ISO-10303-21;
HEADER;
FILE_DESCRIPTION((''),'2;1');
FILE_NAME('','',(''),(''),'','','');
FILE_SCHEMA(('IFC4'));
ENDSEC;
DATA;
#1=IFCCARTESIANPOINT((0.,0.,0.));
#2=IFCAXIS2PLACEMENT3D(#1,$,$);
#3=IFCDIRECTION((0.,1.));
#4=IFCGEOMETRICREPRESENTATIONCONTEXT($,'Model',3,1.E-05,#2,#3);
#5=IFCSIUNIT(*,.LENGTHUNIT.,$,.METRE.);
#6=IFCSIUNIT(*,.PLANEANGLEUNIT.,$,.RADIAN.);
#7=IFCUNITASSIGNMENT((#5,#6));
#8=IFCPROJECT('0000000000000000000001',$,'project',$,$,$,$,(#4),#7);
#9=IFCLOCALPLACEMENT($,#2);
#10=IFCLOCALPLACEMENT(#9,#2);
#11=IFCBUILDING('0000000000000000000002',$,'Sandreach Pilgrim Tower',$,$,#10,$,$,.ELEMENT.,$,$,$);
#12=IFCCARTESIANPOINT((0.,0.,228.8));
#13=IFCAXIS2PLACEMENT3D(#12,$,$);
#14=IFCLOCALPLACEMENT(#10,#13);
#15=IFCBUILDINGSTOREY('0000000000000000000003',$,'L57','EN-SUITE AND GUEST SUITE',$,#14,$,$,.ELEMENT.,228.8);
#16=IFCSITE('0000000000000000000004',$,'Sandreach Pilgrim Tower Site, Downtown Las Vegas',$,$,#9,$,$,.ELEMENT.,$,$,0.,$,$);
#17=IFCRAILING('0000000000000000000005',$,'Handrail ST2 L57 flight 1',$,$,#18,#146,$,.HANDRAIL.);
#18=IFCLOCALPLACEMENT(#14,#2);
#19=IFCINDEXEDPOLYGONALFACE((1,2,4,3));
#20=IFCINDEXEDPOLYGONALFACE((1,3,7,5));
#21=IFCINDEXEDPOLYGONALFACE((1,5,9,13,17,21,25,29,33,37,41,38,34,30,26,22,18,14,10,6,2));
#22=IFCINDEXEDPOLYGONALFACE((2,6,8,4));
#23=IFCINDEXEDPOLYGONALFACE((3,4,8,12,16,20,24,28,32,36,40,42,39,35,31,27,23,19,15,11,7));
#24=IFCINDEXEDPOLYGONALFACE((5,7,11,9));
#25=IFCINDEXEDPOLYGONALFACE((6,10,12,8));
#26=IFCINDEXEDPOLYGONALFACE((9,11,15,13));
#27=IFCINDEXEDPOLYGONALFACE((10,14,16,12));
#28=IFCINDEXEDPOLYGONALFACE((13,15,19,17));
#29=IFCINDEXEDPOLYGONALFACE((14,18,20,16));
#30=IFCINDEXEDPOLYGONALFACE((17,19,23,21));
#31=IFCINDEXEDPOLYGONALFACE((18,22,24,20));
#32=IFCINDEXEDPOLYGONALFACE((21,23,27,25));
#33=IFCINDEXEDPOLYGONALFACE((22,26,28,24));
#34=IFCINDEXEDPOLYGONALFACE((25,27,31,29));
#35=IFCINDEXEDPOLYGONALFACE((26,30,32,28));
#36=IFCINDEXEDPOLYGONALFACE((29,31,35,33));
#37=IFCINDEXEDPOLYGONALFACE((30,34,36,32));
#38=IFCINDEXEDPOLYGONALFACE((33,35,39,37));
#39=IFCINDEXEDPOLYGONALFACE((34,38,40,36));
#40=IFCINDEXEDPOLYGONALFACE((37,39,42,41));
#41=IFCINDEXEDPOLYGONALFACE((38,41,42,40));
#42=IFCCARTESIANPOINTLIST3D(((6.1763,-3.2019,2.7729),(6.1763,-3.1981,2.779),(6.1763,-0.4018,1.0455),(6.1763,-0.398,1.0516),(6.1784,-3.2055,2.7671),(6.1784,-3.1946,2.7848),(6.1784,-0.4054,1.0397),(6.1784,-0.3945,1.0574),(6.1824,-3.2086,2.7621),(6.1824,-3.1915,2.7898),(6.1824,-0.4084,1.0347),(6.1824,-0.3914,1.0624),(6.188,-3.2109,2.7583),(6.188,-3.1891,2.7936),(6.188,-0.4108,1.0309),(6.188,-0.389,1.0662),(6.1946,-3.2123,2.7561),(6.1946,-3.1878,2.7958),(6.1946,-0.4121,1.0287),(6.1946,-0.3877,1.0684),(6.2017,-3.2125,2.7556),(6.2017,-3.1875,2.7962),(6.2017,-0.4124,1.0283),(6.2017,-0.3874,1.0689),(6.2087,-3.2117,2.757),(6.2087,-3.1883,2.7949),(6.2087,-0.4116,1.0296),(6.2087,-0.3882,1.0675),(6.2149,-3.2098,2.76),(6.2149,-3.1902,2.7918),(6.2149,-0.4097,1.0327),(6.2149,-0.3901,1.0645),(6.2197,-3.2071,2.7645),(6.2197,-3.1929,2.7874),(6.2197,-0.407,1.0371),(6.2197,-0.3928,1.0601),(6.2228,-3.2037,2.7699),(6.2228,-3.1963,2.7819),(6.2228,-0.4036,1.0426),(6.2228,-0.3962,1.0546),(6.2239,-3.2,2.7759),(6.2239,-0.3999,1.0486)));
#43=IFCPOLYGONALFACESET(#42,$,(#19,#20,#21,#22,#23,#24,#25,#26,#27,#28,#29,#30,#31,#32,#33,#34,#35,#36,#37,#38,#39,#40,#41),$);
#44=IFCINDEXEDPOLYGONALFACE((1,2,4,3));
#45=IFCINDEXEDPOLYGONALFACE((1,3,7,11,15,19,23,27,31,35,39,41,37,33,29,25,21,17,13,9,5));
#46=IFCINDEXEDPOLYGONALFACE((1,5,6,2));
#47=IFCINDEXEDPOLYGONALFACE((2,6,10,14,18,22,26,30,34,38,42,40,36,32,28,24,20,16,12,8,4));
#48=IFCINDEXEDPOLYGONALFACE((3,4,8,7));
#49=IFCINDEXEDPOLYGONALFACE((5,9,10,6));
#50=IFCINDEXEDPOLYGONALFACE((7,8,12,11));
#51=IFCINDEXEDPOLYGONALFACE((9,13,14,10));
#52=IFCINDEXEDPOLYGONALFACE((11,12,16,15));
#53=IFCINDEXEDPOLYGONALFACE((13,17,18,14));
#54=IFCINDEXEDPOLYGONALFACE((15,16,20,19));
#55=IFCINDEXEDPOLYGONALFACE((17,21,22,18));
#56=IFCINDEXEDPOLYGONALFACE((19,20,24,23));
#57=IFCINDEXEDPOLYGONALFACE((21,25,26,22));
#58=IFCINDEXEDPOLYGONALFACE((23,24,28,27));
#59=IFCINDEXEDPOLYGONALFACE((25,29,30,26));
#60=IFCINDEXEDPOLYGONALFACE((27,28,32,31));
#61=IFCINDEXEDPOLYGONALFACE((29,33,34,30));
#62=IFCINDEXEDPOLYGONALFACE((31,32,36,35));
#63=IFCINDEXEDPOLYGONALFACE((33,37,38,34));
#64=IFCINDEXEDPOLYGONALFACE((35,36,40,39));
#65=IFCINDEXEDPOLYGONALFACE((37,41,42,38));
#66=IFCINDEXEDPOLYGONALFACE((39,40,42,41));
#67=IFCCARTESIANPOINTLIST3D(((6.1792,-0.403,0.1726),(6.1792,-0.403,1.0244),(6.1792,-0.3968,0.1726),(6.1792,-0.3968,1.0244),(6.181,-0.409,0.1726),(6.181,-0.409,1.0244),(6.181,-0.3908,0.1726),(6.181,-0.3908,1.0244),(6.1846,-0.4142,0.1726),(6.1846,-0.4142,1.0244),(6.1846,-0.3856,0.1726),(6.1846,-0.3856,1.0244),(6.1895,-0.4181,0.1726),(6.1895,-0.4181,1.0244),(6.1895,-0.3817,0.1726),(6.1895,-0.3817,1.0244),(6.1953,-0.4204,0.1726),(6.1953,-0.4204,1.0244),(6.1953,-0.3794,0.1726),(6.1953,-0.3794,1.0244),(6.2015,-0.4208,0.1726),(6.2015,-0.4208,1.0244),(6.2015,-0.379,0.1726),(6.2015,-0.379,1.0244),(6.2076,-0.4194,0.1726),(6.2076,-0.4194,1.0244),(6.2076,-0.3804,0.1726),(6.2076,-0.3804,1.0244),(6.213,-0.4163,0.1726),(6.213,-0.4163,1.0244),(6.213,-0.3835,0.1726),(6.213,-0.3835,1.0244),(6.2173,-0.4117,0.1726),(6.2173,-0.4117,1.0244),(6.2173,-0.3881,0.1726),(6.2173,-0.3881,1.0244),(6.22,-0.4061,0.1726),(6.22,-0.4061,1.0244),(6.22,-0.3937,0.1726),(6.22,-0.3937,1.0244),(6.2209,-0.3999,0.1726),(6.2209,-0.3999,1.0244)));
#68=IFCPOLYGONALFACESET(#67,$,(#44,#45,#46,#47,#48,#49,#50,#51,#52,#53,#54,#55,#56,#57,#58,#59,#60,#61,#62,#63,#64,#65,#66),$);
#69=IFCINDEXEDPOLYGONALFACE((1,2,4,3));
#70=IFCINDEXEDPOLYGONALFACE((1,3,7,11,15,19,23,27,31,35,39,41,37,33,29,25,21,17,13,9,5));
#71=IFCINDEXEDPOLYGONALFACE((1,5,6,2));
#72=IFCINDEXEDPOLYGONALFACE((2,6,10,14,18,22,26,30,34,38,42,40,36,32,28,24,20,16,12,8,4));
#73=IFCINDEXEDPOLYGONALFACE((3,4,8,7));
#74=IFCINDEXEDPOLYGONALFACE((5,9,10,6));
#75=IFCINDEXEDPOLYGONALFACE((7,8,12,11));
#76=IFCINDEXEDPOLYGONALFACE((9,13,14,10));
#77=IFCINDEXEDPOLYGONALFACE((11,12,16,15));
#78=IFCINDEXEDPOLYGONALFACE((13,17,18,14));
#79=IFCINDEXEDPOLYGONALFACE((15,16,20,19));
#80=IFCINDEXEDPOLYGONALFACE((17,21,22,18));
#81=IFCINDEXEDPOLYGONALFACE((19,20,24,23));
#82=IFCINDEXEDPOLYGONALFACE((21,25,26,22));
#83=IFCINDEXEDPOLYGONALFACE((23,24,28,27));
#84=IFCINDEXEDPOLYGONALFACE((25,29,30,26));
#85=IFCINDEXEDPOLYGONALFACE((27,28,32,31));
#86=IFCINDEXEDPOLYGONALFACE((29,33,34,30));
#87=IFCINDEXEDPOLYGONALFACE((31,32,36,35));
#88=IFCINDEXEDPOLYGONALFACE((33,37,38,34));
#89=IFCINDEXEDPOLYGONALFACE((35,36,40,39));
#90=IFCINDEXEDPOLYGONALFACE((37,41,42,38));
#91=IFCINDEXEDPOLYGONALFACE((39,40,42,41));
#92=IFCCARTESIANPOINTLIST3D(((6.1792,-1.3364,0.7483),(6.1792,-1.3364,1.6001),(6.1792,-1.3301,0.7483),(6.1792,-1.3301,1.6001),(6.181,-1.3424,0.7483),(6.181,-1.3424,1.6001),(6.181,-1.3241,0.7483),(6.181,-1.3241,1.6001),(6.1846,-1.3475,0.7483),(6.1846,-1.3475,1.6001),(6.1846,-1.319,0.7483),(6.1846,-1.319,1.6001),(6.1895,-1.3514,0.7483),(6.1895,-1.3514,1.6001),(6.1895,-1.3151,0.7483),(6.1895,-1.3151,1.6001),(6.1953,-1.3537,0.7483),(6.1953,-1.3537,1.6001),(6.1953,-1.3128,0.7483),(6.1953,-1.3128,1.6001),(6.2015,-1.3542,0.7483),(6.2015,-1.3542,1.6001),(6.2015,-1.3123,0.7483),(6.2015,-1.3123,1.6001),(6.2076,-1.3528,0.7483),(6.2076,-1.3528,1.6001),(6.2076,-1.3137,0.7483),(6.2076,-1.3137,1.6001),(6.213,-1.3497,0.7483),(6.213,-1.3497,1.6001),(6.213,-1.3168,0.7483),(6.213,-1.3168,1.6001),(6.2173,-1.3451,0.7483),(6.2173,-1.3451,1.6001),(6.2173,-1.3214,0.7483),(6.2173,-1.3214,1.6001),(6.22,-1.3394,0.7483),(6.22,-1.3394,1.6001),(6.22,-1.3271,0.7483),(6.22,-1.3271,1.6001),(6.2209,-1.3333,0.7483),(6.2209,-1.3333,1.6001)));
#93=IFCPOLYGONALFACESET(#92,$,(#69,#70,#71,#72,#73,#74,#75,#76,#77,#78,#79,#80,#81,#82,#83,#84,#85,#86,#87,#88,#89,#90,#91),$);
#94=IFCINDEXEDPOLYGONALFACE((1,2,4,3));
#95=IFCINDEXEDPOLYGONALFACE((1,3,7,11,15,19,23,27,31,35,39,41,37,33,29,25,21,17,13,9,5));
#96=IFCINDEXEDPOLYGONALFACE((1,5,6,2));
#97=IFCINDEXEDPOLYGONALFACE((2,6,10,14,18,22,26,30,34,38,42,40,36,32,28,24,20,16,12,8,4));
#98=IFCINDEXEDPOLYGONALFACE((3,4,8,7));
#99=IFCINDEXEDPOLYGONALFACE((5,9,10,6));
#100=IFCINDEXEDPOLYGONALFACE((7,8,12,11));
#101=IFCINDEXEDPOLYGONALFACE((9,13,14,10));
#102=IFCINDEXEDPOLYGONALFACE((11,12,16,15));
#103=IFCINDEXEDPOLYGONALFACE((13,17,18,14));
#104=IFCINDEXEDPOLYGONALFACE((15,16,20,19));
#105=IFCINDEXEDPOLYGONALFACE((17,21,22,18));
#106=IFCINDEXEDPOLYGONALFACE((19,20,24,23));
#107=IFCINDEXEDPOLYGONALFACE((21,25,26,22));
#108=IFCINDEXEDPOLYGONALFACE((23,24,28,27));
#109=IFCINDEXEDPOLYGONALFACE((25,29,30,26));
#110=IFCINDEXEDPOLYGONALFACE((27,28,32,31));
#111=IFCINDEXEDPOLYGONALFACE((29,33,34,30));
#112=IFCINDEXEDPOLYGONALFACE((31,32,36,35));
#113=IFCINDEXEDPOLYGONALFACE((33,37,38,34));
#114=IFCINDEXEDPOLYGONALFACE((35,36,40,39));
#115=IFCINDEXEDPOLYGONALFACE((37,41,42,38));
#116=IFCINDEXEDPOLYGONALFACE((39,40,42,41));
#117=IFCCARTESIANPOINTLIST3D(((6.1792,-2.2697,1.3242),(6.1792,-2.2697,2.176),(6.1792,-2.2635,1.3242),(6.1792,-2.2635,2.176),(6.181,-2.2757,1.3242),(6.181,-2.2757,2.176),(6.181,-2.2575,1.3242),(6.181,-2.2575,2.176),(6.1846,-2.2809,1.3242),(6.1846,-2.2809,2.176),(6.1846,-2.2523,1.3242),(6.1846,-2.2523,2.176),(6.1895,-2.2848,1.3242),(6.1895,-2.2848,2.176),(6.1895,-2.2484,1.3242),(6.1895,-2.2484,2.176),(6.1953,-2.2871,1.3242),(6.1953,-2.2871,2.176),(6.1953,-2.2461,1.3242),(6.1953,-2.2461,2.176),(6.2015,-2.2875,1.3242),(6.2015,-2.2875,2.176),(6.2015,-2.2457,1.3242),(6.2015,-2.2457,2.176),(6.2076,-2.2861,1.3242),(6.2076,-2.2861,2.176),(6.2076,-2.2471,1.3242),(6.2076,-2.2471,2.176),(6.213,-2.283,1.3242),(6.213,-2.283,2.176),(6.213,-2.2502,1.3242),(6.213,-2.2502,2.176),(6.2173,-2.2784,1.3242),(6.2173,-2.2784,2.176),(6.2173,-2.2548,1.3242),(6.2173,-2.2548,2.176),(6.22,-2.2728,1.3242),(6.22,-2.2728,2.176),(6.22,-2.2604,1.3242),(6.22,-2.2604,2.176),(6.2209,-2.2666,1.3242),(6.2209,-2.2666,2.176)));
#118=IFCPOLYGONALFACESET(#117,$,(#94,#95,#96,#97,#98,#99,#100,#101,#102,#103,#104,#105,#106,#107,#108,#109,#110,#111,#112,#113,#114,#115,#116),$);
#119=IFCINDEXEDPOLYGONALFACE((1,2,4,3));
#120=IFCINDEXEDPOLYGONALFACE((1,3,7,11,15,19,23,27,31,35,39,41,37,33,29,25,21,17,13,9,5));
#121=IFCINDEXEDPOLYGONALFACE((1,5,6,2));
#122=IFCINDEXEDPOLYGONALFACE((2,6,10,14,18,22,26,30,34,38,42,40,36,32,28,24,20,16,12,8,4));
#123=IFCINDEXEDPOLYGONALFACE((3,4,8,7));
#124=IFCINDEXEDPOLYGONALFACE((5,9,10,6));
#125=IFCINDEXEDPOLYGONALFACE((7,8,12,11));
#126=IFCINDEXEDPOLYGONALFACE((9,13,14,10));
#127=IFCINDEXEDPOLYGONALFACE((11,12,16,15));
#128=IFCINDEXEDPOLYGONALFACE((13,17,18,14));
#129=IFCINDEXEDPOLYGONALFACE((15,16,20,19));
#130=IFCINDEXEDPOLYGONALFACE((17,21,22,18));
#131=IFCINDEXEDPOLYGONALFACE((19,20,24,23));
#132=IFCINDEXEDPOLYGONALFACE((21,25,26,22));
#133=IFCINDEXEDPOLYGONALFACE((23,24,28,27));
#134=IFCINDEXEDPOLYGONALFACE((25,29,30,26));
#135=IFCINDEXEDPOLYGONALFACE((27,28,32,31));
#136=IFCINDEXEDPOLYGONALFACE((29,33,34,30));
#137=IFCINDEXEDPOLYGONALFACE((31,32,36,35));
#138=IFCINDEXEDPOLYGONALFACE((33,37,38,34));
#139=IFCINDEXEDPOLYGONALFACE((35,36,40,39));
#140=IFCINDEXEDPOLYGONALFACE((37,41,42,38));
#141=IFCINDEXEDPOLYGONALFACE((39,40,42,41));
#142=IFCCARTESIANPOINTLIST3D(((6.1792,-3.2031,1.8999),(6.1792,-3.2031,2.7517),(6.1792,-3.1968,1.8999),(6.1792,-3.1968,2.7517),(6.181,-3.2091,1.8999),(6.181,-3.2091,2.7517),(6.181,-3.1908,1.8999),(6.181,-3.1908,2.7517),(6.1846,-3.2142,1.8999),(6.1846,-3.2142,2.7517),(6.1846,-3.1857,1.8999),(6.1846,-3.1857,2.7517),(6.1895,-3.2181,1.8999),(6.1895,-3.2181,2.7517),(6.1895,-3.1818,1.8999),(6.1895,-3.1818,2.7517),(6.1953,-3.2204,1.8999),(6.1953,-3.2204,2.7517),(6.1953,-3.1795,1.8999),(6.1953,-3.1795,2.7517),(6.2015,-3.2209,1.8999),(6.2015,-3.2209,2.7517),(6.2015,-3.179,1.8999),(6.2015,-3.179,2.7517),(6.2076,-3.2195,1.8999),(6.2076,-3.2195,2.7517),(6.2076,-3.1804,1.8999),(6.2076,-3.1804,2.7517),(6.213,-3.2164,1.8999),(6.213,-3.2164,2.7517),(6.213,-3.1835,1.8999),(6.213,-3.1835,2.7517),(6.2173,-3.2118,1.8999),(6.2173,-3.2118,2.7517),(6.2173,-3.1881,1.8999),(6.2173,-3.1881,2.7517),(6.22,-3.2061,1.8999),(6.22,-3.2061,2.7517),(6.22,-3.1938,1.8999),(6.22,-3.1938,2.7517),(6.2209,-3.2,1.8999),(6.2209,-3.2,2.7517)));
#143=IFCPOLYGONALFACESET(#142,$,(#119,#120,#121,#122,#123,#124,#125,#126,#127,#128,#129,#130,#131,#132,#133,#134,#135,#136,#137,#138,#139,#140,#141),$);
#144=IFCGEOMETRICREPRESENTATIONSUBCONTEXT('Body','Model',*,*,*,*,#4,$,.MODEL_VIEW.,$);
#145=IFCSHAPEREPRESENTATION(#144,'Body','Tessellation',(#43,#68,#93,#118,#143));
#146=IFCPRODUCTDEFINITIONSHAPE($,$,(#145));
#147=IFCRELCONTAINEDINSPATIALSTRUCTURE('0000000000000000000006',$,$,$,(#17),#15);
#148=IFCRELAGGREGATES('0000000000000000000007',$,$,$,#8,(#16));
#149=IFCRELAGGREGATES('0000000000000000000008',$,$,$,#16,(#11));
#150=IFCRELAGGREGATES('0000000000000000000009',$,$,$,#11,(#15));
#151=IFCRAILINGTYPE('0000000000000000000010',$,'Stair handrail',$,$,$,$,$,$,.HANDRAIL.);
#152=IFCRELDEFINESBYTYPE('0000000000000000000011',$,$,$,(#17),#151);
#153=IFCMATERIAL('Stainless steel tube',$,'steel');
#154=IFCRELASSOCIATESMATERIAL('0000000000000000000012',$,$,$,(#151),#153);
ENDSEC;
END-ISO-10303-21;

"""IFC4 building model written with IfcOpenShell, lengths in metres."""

from ifc_helpers import new_model, si_unit, direction, frame, origin, origin_2d, place, context, subcontext, project, spatial, circle, extrude, material, type_object, element, save


model = new_model("IFC4")

# Units and contexts
model_context = context("Model", 3, precision=1e-05, world=origin(), true_north=direction((0.0, 1.0)))
body_context = subcontext(model_context, "Body", "Model", "MODEL_VIEW")
ifc_project = project(units=[si_unit("LENGTHUNIT", "METRE"), si_unit("PLANEANGLEUNIT", "RADIAN")], contexts=[model_context])

# Site, building, storey
site_placement = place(None, origin())
site = spatial("IfcSite", under=ifc_project, at=site_placement, Name="Sandreach Pilgrim Tower Site, Downtown Las Vegas", CompositionType="ELEMENT", RefElevation=0.0)
building_placement = place(site_placement, origin())
building = spatial("IfcBuilding", under=site, at=building_placement, Name="Sandreach Pilgrim Tower", CompositionType="ELEMENT")
storey_placement = place(building_placement, frame((0.0, 0.0, 228.8)))
storey = spatial("IfcBuildingStorey", under=building, at=storey_placement, Name="L57", Description="EN-SUITE AND GUEST SUITE", CompositionType="ELEMENT", Elevation=228.8)

# Railing
ifc_material_1 = material(Name="Stainless steel tube", Category="steel")
railing_type = type_object("IfcRailingType", Name="Stair handrail", PredefinedType="HANDRAIL", material=ifc_material_1)
for number, where, name in (
    (1, (6.2, -0.3999, 0.1726), "Handrail ST2 L57 flight 1"),
):
    element("IfcRailing", number, at=place(storey_placement, frame(where)), inside=storey, type_object=railing_type, Name=name, PredefinedType="HANDRAIL", context=body_context, shape_type="SweptSolid", body=[
        extrude(circle(Radius=0.0239, at=origin_2d()), frame((0.0, 0.0, 0.876), z_axis=(0.0, -0.85109, 0.52502), x_axis=(1.0, 0.0, 0.0)), (0.0, 0.0, 1.0), 3.29),
        extrude(circle(Radius=0.021, at=origin_2d()), origin(), (0.0, 0.0, 1.0), 0.8518),
        extrude(circle(Radius=0.021, at=origin_2d()), frame((0.0, -0.9333, 0.5757)), (0.0, 0.0, 1.0), 0.8518),
        extrude(circle(Radius=0.021, at=origin_2d()), frame((0.0, -1.8667, 1.1516)), (0.0, 0.0, 1.0), 0.8518),
        extrude(circle(Radius=0.021, at=origin_2d()), frame((0.0, -2.8, 1.7273)), (0.0, 0.0, 1.0), 0.8518),
    ])

save(model, "model.ifc")
